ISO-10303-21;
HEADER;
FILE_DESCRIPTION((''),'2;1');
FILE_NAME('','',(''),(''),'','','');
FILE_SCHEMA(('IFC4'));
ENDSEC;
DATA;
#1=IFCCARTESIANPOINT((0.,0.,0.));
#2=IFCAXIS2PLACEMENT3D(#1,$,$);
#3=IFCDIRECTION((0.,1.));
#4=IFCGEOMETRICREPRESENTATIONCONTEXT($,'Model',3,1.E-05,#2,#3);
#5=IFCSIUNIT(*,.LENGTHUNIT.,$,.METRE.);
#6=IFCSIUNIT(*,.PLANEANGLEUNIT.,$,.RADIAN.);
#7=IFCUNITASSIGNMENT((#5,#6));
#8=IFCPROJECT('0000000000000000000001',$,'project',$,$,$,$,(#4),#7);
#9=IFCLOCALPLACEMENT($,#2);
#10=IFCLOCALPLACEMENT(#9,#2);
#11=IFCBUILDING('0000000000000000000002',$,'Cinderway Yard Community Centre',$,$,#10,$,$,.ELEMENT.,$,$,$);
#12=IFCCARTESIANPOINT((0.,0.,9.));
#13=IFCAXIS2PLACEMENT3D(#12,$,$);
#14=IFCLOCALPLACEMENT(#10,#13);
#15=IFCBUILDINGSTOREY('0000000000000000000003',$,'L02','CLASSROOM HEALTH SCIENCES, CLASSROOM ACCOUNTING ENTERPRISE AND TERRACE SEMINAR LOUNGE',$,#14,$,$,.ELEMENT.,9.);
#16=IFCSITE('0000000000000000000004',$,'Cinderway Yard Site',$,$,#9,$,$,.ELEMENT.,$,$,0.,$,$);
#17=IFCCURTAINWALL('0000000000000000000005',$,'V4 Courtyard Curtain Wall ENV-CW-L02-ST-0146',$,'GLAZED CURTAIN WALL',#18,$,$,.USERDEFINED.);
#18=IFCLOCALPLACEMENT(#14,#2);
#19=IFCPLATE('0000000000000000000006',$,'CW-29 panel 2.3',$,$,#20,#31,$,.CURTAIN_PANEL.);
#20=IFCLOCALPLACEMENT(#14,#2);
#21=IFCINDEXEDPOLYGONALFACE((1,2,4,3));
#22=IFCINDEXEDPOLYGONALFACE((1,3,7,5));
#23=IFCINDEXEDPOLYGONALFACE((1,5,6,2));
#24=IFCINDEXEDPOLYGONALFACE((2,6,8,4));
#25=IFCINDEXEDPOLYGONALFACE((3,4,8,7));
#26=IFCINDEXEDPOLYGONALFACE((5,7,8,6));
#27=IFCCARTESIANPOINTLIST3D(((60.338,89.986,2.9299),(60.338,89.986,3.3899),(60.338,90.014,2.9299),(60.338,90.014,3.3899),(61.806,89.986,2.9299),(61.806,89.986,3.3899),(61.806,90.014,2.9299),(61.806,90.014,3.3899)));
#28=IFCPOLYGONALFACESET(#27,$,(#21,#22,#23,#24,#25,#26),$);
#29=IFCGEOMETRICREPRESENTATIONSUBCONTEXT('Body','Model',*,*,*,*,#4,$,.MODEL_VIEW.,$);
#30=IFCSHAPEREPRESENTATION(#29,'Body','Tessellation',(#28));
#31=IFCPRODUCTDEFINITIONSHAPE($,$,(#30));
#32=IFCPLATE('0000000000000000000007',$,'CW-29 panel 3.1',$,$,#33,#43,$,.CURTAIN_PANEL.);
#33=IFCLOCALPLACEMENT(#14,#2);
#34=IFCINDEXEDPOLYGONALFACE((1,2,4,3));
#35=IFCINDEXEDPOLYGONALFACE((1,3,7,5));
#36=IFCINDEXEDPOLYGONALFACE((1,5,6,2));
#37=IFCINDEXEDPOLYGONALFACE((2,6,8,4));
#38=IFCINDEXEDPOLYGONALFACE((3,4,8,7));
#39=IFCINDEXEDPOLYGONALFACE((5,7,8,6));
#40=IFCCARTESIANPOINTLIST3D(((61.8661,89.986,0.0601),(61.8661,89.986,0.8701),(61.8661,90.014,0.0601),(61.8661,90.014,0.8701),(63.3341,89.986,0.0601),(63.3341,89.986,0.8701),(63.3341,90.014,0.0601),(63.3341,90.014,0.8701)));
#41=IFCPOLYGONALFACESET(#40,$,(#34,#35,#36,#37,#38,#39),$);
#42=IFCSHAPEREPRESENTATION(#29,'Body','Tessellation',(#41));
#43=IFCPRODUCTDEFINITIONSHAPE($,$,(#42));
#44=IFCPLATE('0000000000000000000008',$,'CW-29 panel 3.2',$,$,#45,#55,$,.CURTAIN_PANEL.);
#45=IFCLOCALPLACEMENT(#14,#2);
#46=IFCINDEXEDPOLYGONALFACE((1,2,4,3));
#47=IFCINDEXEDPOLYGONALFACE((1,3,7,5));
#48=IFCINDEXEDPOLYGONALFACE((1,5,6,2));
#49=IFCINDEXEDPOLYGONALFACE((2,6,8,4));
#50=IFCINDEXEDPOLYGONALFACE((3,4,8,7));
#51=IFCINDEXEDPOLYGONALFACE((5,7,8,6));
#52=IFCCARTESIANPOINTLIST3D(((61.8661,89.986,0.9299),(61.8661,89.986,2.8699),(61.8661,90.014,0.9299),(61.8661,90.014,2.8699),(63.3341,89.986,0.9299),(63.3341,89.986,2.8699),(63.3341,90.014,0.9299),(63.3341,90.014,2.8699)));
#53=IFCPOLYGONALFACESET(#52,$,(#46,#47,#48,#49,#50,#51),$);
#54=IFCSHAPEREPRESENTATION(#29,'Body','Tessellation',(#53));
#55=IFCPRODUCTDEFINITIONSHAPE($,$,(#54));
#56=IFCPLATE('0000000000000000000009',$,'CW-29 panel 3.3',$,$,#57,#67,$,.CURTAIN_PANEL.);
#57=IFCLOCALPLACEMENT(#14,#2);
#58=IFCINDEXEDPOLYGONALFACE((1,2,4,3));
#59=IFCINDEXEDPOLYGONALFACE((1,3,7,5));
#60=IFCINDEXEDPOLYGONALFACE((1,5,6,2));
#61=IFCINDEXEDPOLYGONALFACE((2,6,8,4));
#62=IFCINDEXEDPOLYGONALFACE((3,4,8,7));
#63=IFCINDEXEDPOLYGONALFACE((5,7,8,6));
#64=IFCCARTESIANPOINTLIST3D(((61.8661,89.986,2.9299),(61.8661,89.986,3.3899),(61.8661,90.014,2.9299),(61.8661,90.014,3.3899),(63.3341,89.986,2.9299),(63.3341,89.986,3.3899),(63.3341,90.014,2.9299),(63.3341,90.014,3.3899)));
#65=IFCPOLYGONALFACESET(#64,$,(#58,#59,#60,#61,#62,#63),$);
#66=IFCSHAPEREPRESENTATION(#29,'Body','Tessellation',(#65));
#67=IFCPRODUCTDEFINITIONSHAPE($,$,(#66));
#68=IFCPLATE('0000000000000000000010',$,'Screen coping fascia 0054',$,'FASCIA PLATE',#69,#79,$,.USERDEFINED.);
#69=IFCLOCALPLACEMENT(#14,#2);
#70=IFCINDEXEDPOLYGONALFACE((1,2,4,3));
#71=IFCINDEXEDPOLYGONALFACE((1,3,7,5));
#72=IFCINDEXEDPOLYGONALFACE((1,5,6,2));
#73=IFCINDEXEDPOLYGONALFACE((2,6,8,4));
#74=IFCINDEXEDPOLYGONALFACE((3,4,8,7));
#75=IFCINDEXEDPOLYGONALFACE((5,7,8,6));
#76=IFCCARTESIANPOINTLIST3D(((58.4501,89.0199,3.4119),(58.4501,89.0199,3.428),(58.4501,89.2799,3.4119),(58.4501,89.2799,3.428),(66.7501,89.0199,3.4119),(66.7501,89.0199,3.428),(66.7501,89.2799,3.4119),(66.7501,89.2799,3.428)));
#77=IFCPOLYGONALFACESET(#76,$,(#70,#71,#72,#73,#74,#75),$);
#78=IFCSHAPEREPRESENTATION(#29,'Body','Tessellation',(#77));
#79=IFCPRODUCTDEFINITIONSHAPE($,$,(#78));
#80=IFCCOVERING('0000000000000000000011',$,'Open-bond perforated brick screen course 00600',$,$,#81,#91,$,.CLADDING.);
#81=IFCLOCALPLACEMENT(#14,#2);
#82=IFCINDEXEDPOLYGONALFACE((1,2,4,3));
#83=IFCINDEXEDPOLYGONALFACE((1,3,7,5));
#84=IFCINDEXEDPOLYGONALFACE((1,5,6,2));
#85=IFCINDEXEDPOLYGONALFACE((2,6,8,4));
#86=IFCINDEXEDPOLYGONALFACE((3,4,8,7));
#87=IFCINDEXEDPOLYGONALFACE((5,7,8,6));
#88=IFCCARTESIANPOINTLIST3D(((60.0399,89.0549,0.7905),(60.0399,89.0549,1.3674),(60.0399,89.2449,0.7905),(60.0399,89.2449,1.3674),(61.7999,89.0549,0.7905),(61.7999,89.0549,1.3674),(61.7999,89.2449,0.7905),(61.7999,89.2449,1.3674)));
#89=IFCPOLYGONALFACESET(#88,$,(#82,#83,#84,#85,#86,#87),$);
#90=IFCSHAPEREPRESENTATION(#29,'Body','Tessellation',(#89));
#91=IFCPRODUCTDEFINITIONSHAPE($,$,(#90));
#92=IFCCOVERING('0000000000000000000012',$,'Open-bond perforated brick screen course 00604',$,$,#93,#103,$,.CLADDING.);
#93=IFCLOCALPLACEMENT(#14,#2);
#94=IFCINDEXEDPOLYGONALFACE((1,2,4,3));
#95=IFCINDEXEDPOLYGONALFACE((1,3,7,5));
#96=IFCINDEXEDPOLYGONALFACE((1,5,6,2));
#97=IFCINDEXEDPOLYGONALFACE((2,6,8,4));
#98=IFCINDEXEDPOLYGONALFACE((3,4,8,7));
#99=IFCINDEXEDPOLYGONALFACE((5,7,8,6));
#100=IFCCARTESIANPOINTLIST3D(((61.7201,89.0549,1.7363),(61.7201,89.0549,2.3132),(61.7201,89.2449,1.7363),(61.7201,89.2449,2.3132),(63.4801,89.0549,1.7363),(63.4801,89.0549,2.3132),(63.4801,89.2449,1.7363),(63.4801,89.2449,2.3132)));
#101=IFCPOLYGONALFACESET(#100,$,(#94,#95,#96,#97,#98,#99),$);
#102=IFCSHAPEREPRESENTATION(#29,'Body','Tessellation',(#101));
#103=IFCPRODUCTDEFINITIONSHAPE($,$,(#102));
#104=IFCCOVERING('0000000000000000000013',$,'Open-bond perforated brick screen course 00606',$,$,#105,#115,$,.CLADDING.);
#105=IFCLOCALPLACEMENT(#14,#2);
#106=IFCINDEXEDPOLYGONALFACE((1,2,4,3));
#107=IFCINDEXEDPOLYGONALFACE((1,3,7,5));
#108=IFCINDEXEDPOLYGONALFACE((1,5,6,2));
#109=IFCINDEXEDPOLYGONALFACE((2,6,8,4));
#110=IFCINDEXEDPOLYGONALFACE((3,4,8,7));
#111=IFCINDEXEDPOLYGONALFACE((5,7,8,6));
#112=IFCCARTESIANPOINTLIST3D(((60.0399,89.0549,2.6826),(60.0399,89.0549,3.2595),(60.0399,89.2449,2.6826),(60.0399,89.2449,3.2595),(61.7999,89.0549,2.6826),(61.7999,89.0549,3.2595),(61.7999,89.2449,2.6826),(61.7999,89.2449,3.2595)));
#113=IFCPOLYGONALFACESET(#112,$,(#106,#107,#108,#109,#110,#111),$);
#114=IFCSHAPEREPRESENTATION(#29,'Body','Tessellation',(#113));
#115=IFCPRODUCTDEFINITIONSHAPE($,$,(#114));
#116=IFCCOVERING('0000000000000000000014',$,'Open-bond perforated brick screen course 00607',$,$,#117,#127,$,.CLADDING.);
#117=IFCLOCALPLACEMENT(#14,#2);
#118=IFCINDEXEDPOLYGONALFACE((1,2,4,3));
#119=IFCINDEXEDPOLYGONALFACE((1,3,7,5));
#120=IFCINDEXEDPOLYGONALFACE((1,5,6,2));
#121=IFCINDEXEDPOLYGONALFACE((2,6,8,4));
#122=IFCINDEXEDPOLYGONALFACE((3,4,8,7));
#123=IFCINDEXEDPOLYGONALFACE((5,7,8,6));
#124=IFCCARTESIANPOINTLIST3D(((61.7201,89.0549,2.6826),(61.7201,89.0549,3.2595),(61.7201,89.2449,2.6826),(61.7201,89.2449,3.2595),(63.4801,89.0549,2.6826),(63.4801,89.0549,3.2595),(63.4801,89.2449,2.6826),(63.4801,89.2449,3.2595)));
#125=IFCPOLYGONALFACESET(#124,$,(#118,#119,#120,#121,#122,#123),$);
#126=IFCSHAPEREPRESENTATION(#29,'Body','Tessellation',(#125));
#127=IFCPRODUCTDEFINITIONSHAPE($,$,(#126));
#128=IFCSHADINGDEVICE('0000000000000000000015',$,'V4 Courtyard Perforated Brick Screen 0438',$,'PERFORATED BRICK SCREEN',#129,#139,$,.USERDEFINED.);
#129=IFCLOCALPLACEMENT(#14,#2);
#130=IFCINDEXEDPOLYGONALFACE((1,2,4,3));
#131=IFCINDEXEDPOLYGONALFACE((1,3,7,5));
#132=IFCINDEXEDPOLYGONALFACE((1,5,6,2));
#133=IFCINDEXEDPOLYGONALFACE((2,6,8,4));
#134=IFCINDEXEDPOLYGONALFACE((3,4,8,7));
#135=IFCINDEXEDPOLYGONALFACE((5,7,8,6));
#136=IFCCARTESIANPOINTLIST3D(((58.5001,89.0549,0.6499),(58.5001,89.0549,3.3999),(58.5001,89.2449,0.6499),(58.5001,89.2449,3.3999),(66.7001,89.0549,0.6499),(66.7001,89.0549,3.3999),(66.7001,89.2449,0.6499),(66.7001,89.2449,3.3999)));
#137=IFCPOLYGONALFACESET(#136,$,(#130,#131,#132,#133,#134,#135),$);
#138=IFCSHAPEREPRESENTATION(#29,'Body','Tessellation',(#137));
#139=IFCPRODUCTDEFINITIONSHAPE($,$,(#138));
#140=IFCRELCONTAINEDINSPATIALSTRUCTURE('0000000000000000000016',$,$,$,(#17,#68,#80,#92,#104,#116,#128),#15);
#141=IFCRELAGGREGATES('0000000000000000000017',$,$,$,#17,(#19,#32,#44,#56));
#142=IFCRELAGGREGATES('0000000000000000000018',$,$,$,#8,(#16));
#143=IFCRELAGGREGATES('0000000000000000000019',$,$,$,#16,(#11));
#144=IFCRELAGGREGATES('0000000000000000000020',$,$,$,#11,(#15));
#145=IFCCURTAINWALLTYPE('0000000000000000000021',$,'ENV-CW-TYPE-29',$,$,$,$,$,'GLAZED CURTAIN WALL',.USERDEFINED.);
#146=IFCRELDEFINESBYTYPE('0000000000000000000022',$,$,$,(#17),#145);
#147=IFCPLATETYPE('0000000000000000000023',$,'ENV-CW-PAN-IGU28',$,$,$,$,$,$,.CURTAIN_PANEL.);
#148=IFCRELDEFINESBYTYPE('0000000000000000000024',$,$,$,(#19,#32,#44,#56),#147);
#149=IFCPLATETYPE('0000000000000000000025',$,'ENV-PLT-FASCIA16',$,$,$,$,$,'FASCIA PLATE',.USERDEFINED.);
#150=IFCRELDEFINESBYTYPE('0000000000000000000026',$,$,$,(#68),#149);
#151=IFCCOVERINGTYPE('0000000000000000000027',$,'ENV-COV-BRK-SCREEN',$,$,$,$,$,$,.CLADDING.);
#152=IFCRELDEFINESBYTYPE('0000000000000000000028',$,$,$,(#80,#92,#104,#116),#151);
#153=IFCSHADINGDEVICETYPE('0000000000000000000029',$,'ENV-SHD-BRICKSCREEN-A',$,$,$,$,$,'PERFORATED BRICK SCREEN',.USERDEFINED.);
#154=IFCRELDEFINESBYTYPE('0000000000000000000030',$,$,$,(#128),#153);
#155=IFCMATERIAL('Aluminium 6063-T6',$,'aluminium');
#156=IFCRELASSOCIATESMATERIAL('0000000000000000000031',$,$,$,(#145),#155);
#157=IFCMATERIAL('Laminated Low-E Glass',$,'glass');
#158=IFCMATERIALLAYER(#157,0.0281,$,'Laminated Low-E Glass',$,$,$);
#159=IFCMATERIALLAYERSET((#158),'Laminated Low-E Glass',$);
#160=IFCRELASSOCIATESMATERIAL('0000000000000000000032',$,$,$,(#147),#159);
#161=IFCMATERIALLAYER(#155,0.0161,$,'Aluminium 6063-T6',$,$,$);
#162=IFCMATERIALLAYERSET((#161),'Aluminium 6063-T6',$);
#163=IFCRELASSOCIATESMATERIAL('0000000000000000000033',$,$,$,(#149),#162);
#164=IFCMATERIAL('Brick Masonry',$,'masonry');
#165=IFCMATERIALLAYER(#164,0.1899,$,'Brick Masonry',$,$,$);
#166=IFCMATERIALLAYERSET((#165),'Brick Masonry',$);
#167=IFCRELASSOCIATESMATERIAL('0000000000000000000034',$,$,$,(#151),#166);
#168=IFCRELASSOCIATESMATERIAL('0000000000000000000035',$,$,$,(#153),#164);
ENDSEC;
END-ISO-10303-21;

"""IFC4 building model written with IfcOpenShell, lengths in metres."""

from ifc_helpers import new_model, si_unit, direction, frame, origin, origin_2d, place, context, subcontext, project, spatial, rectangle, extrude, material, layer, layer_set, type_object, element, aggregate, save


model = new_model("IFC4")

# Units and contexts
model_context = context("Model", 3, precision=1e-05, world=origin(), true_north=direction((0.0, 1.0)))
body_context = subcontext(model_context, "Body", "Model", "MODEL_VIEW")
ifc_project = project(units=[si_unit("LENGTHUNIT", "METRE"), si_unit("PLANEANGLEUNIT", "RADIAN")], contexts=[model_context])

# Site, building, storey
site_placement = place(None, origin())
site = spatial("IfcSite", under=ifc_project, at=site_placement, Name="Cinderway Yard Site", CompositionType="ELEMENT", RefElevation=0.0)
building_placement = place(site_placement, origin())
building = spatial("IfcBuilding", under=site, at=building_placement, Name="Cinderway Yard Community Centre", CompositionType="ELEMENT")
storey_placement = place(building_placement, frame((0.0, 0.0, 9.0)))
storey = spatial("IfcBuildingStorey", under=building, at=storey_placement, Name="L02", Description="CLASSROOM HEALTH SCIENCES, CLASSROOM ACCOUNTING ENTERPRISE AND TERRACE SEMINAR LOUNGE", CompositionType="ELEMENT", Elevation=9.0)

# Curtain wall
ifc_material_1 = material(Name="Aluminium 6063-T6", Category="aluminium")
curtain_wall_type = type_object("IfcCurtainWallType", Name="ENV-CW-TYPE-29", ElementType="GLAZED CURTAIN WALL", PredefinedType="USERDEFINED", material=ifc_material_1)
curtain_wall_placement = place(storey_placement, origin())
curtain_wall = element("IfcCurtainWall", 1, at=curtain_wall_placement, inside=storey, type_object=curtain_wall_type, Name="V4 Courtyard Curtain Wall ENV-CW-L02-ST-0146", ObjectType="GLAZED CURTAIN WALL", PredefinedType="USERDEFINED")

# Plates
ifc_material_2 = material(Name="Laminated Low-E Glass", Category="glass")
ifc_layer_1 = layer(ifc_material_2, 0.0281, Name="Laminated Low-E Glass")
ifc_layer_set_1 = layer_set([ifc_layer_1], Name="Laminated Low-E Glass")
plate_type_1 = type_object("IfcPlateType", Name="ENV-CW-PAN-IGU28", PredefinedType="CURTAIN_PANEL", material=ifc_layer_set_1)
plate_1_placement = place(storey_placement, frame((61.072, 90.0, 2.9299), z_axis=(0.0, 0.0, 1.0), x_axis=(1.0, 0.0, 0.0)))
plate_1 = element("IfcPlate", 2, at=plate_1_placement, type_object=plate_type_1, Name="CW-29 panel 2.3", PredefinedType="CURTAIN_PANEL", context=body_context, shape_type="SweptSolid", body=[
    extrude(rectangle(XDim=1.468, YDim=0.0281, at=origin_2d()), origin(), (0.0, 0.0, 1.0), 0.46),
])
plate_2_placement = place(storey_placement, frame((62.6001, 90.0, 0.0601), z_axis=(0.0, 0.0, 1.0), x_axis=(1.0, 0.0, 0.0)))
plate_2 = element("IfcPlate", 3, at=plate_2_placement, type_object=plate_type_1, Name="CW-29 panel 3.1", PredefinedType="CURTAIN_PANEL", context=body_context, shape_type="SweptSolid", body=[
    extrude(rectangle(XDim=1.468, YDim=0.0281, at=origin_2d()), origin(), (0.0, 0.0, 1.0), 0.8101),
])
plate_3_placement = place(storey_placement, frame((62.6001, 90.0, 0.9299), z_axis=(0.0, 0.0, 1.0), x_axis=(1.0, 0.0, 0.0)))
plate_3 = element("IfcPlate", 4, at=plate_3_placement, type_object=plate_type_1, Name="CW-29 panel 3.2", PredefinedType="CURTAIN_PANEL", context=body_context, shape_type="SweptSolid", body=[
    extrude(rectangle(XDim=1.468, YDim=0.0281, at=origin_2d()), origin(), (0.0, 0.0, 1.0), 1.9399),
])
plate_4_placement = place(storey_placement, frame((62.6001, 90.0, 2.9299), z_axis=(0.0, 0.0, 1.0), x_axis=(1.0, 0.0, 0.0)))
plate_4 = element("IfcPlate", 5, at=plate_4_placement, type_object=plate_type_1, Name="CW-29 panel 3.3", PredefinedType="CURTAIN_PANEL", context=body_context, shape_type="SweptSolid", body=[
    extrude(rectangle(XDim=1.468, YDim=0.0281, at=origin_2d()), origin(), (0.0, 0.0, 1.0), 0.46),
])
aggregate(curtain_wall, [plate_1, plate_2, plate_3, plate_4])
ifc_layer_2 = layer(ifc_material_1, 0.0161, Name="Aluminium 6063-T6")
ifc_layer_set_2 = layer_set([ifc_layer_2], Name="Aluminium 6063-T6")
plate_type_2 = type_object("IfcPlateType", Name="ENV-PLT-FASCIA16", ElementType="FASCIA PLATE", PredefinedType="USERDEFINED", material=ifc_layer_set_2)
plate_5_placement = place(storey_placement, frame((62.6001, 89.1499, 3.4119), z_axis=(0.0, 0.0, 1.0), x_axis=(-1.0, 0.0, 0.0)))
element("IfcPlate", 6, at=plate_5_placement, inside=storey, type_object=plate_type_2, Name="Screen coping fascia 0054", ObjectType="FASCIA PLATE", PredefinedType="USERDEFINED", context=body_context, shape_type="SweptSolid", body=[
    extrude(rectangle(XDim=8.3, YDim=0.26, at=origin_2d()), origin(), (0.0, 0.0, 1.0), 0.0161),
])

# Coverings
ifc_material_3 = material(Name="Brick Masonry", Category="masonry")
ifc_layer_3 = layer(ifc_material_3, 0.1899, Name="Brick Masonry")
ifc_layer_set_3 = layer_set([ifc_layer_3], Name="Brick Masonry")
covering_type = type_object("IfcCoveringType", Name="ENV-COV-BRK-SCREEN", PredefinedType="CLADDING", material=ifc_layer_set_3)
for number, where, z_axis, x_axis, name in (
    (7, (60.9199, 89.1499, 0.7905), (0.0, 0.0, 1.0), (-1.0, 0.0, 0.0), "Open-bond perforated brick screen course 00600"),
    (8, (62.6001, 89.1499, 1.7363), (0.0, 0.0, 1.0), (-1.0, 0.0, 0.0), "Open-bond perforated brick screen course 00604"),
    (9, (60.9199, 89.1499, 2.6826), (0.0, 0.0, 1.0), (-1.0, 0.0, 0.0), "Open-bond perforated brick screen course 00606"),
    (10, (62.6001, 89.1499, 2.6826), (0.0, 0.0, 1.0), (-1.0, 0.0, 0.0), "Open-bond perforated brick screen course 00607"),
):
    element("IfcCovering", number, at=place(storey_placement, frame(where, z_axis=z_axis, x_axis=x_axis)), inside=storey, type_object=covering_type, Name=name, PredefinedType="CLADDING", context=body_context, shape_type="SweptSolid", body=[
        extrude(rectangle(XDim=1.76, YDim=0.1899, at=origin_2d()), origin(), (0.0, 0.0, 1.0), 0.5769),
    ])

# Shading device
shading_device_type = type_object("IfcShadingDeviceType", Name="ENV-SHD-BRICKSCREEN-A", ElementType="PERFORATED BRICK SCREEN", PredefinedType="USERDEFINED", material=ifc_material_3)
shading_device_placement = place(storey_placement, frame((62.6001, 89.1499, 0.6499), z_axis=(0.0, 0.0, 1.0), x_axis=(-1.0, 0.0, 0.0)))
element("IfcShadingDevice", 11, at=shading_device_placement, inside=storey, type_object=shading_device_type, Name="V4 Courtyard Perforated Brick Screen 0438", ObjectType="PERFORATED BRICK SCREEN", PredefinedType="USERDEFINED", context=body_context, shape_type="SweptSolid", body=[
    extrude(rectangle(XDim=8.2, YDim=0.1899, at=origin_2d()), origin(), (0.0, 0.0, 1.0), 2.75),
])

save(model, "model.ifc")
